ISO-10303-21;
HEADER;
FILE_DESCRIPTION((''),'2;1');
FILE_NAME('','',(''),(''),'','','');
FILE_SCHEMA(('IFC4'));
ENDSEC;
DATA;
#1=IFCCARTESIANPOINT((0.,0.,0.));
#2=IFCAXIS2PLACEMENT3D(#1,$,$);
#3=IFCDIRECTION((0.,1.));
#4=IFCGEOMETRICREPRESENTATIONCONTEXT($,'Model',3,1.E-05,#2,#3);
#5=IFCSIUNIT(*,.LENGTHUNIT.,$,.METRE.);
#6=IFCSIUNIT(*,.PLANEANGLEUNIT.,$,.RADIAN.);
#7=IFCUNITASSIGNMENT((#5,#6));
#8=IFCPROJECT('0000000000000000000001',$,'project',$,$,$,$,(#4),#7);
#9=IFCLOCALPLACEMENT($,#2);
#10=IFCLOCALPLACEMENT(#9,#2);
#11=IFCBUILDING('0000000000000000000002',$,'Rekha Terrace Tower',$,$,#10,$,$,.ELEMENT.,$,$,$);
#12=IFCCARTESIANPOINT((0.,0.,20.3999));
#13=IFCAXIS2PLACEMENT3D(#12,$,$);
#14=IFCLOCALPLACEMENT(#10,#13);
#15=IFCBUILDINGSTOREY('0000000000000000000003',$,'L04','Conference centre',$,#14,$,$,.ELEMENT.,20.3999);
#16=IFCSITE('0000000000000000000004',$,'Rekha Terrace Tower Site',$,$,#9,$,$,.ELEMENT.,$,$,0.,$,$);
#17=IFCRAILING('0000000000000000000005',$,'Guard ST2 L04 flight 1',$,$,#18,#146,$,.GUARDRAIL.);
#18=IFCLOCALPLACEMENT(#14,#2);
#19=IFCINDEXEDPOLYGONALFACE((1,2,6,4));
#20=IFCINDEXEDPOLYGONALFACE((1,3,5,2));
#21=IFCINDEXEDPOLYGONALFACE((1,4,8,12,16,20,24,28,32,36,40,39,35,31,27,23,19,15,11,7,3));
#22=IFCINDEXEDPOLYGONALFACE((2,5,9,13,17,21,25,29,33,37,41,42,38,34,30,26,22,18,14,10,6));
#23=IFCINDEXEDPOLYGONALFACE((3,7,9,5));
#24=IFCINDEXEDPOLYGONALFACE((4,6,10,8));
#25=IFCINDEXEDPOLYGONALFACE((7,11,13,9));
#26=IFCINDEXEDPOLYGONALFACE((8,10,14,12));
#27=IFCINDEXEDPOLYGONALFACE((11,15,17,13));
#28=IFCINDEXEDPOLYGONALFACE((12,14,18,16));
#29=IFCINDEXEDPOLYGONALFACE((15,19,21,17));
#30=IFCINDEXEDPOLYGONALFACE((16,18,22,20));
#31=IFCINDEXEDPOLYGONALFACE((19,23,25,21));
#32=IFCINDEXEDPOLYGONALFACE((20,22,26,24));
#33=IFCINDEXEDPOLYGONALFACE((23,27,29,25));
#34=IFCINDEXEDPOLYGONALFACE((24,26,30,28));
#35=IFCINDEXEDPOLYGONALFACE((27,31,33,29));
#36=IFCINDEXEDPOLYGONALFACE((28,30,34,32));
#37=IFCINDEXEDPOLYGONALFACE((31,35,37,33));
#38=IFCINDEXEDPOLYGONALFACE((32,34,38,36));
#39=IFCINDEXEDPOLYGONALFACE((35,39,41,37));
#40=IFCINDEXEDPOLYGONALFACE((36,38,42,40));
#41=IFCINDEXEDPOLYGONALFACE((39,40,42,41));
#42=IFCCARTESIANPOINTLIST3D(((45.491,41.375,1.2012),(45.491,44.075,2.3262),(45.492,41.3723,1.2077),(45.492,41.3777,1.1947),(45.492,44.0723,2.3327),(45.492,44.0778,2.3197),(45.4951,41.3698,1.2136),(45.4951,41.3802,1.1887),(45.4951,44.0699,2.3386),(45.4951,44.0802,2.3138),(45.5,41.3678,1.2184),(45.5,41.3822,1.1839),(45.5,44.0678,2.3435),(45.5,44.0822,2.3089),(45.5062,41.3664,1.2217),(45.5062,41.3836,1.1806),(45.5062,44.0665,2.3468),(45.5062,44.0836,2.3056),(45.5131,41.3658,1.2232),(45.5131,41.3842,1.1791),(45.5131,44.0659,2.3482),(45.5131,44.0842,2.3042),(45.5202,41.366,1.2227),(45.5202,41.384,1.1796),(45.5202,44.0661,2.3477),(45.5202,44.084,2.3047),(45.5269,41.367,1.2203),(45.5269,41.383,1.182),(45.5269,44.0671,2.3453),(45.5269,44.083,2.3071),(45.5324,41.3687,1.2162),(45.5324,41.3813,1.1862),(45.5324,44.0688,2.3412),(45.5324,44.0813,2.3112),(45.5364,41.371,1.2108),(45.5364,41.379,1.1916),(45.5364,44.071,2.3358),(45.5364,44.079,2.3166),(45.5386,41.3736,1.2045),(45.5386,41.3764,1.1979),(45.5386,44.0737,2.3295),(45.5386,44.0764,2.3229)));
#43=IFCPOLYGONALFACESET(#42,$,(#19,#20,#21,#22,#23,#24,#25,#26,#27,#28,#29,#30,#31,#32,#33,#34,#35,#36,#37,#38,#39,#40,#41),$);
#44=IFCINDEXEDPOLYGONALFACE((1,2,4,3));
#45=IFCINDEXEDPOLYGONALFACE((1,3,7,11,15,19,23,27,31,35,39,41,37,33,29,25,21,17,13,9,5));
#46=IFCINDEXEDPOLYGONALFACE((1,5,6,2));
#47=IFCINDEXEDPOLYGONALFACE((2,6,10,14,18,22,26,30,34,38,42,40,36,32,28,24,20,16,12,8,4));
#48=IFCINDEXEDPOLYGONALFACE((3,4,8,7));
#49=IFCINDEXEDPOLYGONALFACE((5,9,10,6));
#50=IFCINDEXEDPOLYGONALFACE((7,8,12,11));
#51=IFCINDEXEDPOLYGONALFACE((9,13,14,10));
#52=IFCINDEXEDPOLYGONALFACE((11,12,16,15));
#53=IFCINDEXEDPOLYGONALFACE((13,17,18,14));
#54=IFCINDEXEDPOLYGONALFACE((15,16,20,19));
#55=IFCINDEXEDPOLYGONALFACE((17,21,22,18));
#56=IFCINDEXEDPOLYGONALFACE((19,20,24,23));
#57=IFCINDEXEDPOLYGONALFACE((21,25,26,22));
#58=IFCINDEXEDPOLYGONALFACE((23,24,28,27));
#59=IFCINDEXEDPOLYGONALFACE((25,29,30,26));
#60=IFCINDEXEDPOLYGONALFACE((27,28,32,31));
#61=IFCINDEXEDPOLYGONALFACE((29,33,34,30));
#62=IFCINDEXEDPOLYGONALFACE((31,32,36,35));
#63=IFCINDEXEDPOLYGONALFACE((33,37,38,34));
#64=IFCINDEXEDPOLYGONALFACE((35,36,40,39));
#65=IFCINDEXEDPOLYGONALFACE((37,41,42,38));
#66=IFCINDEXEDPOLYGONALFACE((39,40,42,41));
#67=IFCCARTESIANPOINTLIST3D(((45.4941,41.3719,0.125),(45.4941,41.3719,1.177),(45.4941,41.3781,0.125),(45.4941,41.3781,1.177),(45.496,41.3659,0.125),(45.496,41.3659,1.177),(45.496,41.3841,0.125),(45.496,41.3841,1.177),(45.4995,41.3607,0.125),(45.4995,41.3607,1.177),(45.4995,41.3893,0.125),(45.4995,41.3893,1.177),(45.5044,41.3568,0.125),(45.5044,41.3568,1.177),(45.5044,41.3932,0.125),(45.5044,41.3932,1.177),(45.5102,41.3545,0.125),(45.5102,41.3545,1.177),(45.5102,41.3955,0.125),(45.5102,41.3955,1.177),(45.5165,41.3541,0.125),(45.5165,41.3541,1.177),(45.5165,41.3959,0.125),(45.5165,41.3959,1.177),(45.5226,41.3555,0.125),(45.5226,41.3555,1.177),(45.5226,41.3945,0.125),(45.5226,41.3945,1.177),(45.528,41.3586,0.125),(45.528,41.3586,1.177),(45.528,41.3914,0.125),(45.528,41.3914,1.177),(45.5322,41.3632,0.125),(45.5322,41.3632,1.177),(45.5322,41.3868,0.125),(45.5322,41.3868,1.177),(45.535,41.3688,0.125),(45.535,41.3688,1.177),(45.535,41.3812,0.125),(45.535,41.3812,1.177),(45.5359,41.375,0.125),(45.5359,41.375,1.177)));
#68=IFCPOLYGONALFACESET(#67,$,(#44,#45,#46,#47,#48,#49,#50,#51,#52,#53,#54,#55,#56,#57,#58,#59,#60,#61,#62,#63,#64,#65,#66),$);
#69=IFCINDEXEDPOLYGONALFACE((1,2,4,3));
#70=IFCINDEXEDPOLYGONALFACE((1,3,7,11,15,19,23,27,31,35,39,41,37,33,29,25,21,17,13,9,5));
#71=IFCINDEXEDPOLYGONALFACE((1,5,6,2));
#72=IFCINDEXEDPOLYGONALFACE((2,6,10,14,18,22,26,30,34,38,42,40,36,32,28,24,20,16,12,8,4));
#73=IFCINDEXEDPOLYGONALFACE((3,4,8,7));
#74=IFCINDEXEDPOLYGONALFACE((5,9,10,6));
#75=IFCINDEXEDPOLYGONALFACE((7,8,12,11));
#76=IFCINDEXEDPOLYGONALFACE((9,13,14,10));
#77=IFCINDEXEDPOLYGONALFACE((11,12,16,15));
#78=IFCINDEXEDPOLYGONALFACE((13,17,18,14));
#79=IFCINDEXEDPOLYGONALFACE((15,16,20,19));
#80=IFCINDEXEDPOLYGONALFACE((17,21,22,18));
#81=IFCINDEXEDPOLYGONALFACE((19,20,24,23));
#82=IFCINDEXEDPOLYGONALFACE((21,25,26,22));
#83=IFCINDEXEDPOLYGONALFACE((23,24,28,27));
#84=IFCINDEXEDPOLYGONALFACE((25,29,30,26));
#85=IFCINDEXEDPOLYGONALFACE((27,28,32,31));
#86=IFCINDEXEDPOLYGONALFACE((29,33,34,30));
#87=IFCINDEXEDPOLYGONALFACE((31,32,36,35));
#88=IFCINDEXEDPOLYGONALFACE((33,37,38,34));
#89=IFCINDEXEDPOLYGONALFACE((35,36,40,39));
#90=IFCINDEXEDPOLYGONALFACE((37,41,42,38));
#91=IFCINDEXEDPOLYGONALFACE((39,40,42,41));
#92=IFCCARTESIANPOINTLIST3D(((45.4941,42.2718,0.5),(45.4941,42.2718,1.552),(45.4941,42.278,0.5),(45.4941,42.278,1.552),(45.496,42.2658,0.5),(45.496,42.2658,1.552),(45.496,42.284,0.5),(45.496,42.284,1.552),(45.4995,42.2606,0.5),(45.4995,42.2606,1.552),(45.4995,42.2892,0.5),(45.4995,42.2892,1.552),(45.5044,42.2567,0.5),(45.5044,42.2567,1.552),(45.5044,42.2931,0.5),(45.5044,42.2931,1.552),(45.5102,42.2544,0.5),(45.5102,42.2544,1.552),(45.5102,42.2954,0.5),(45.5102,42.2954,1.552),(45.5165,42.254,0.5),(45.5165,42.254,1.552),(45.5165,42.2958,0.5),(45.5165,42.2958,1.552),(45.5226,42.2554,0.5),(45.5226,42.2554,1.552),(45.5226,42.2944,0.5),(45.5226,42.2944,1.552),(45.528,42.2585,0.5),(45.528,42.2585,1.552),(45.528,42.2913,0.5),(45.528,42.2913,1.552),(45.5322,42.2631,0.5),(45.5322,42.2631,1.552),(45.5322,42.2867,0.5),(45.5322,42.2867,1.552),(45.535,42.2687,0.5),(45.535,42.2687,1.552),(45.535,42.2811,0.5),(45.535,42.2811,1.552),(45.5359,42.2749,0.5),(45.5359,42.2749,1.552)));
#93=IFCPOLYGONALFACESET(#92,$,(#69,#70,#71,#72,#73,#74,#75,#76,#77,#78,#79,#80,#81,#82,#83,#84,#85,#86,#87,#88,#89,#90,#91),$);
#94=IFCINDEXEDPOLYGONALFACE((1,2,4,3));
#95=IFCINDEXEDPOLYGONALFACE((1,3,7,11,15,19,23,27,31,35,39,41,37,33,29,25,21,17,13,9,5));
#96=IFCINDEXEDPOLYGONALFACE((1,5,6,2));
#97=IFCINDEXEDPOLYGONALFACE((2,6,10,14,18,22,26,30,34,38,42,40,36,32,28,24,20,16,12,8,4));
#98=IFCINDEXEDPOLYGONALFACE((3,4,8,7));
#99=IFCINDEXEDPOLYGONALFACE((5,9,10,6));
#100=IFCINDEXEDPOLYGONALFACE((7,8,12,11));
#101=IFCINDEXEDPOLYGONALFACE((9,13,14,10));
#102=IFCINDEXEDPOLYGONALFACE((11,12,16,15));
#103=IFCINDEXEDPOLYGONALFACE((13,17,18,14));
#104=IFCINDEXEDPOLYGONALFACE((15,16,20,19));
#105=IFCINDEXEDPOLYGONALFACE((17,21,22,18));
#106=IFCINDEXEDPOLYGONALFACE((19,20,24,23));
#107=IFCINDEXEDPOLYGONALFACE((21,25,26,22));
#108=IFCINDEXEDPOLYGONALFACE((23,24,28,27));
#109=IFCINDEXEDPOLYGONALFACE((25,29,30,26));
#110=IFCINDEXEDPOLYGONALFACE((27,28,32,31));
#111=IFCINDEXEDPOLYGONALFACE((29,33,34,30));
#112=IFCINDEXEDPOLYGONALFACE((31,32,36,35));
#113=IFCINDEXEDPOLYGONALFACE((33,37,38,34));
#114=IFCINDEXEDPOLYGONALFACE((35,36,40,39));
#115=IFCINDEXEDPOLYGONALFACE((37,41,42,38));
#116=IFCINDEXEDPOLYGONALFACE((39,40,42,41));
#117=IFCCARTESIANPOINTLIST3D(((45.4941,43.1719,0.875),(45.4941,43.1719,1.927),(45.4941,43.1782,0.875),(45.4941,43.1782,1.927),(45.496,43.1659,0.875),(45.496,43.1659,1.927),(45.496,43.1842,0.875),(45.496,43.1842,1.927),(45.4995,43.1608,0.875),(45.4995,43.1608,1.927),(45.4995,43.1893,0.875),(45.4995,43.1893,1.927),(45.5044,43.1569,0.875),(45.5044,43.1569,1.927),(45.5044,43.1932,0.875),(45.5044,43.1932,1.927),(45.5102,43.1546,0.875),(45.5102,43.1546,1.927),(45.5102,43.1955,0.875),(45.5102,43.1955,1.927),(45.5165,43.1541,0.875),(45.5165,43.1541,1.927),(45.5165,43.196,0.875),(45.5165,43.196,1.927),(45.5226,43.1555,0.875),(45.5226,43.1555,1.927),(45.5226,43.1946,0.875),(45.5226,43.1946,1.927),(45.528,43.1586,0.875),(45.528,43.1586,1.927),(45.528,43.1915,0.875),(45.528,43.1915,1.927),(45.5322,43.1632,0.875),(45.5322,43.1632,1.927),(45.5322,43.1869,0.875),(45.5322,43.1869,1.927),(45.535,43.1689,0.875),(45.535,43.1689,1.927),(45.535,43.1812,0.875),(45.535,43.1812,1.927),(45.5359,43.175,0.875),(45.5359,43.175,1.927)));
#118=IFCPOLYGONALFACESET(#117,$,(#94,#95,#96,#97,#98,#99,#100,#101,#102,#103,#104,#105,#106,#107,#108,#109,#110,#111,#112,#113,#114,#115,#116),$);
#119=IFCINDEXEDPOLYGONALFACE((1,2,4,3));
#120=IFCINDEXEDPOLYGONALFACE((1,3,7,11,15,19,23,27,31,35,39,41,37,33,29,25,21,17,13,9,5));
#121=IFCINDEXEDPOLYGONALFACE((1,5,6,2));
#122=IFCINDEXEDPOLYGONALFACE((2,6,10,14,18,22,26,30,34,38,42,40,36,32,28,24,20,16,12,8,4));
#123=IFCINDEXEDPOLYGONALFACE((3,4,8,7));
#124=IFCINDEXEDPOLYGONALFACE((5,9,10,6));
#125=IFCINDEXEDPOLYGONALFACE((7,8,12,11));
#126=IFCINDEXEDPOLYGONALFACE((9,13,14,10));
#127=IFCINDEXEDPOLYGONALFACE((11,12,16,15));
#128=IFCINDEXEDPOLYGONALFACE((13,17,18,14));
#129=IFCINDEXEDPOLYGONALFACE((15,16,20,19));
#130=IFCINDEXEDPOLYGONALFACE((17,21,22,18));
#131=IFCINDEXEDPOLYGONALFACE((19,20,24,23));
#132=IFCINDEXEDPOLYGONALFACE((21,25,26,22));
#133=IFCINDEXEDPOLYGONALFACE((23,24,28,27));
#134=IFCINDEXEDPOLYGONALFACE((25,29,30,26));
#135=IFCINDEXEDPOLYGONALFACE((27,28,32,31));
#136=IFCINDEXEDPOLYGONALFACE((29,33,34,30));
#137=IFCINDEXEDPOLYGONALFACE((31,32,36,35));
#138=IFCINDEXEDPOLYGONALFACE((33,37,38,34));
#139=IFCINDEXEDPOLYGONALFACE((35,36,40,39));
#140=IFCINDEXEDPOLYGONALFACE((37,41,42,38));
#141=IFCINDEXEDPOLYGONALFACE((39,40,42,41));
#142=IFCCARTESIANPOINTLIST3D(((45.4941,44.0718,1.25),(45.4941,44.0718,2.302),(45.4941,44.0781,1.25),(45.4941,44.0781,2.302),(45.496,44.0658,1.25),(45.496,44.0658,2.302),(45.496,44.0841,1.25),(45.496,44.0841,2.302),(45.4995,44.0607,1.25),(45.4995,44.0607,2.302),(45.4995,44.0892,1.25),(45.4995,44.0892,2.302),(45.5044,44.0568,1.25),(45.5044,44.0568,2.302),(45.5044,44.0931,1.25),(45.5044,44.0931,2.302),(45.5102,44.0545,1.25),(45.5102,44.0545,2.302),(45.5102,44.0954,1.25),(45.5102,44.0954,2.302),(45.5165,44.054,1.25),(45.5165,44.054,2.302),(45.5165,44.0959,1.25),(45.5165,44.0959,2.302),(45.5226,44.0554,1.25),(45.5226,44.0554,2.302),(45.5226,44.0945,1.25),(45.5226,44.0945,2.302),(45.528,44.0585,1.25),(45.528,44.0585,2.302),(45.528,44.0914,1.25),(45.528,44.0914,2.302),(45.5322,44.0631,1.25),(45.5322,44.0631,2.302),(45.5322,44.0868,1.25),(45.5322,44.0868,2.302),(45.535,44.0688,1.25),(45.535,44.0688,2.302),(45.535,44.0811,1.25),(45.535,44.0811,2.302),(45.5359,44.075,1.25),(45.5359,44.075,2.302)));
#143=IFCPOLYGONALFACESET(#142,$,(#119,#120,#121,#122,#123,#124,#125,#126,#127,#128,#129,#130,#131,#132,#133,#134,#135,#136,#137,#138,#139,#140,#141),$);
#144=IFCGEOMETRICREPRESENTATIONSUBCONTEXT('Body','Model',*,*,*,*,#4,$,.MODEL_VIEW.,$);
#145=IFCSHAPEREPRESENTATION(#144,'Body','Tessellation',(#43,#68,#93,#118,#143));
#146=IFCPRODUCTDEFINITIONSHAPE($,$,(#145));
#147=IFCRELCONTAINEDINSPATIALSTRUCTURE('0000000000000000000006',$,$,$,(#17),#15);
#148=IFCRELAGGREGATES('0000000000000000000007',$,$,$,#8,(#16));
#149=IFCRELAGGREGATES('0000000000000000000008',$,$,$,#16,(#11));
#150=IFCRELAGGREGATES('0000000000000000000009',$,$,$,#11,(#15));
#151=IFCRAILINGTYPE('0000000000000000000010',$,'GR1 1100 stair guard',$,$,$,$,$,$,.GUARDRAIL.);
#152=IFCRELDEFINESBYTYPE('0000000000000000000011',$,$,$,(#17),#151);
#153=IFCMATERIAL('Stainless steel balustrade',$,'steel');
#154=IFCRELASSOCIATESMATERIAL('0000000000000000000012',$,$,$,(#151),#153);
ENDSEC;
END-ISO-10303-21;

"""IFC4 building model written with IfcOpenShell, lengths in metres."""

from ifc_helpers import new_model, si_unit, direction, frame, origin, origin_2d, place, context, subcontext, project, spatial, circle, extrude, material, type_object, element, save


model = new_model("IFC4")

# Units and contexts
model_context = context("Model", 3, precision=1e-05, world=origin(), true_north=direction((0.0, 1.0)))
body_context = subcontext(model_context, "Body", "Model", "MODEL_VIEW")
ifc_project = project(units=[si_unit("LENGTHUNIT", "METRE"), si_unit("PLANEANGLEUNIT", "RADIAN")], contexts=[model_context])

# Site, building, storey
site_placement = place(None, origin())
site = spatial("IfcSite", under=ifc_project, at=site_placement, Name="Rekha Terrace Tower Site", CompositionType="ELEMENT", RefElevation=0.0)
building_placement = place(site_placement, origin())
building = spatial("IfcBuilding", under=site, at=building_placement, Name="Rekha Terrace Tower", CompositionType="ELEMENT")
storey_placement = place(building_placement, frame((0.0, 0.0, 20.3999)))
storey = spatial("IfcBuildingStorey", under=building, at=storey_placement, Name="L04", Description="Conference centre", CompositionType="ELEMENT", Elevation=20.3999)

# Railing
ifc_material_1 = material(Name="Stainless steel balustrade", Category="steel")
railing_type_1 = type_object("IfcRailingType", Name="GR1 1100 stair guard", PredefinedType="GUARDRAIL", material=ifc_material_1)
railing_1_placement = place(storey_placement, frame((45.5149, 41.375, 0.125)))
element("IfcRailing", 1, at=railing_1_placement, inside=storey, type_object=railing_type_1, Name="Guard ST2 L04 flight 1", PredefinedType="GUARDRAIL", context=body_context, shape_type="SweptSolid", body=[
    extrude(circle(Radius=0.0239, at=origin_2d()), frame((0.0, 0.0, 1.0762), z_axis=(0.0, 0.923074, 0.384621), x_axis=(-1.0, 0.0, 0.0)), (0.0, 0.0, 1.0), 2.925),
    extrude(circle(Radius=0.021, at=origin_2d()), origin(), (0.0, 0.0, 1.0), 1.052),
    extrude(circle(Radius=0.021, at=origin_2d()), frame((0.0, 0.8999, 0.375)), (0.0, 0.0, 1.0), 1.052),
    extrude(circle(Radius=0.021, at=origin_2d()), frame((0.0, 1.8, 0.75)), (0.0, 0.0, 1.0), 1.052),
    extrude(circle(Radius=0.021, at=origin_2d()), frame((0.0, 2.7, 1.125)), (0.0, 0.0, 1.0), 1.052),
])

save(model, "model.ifc")
